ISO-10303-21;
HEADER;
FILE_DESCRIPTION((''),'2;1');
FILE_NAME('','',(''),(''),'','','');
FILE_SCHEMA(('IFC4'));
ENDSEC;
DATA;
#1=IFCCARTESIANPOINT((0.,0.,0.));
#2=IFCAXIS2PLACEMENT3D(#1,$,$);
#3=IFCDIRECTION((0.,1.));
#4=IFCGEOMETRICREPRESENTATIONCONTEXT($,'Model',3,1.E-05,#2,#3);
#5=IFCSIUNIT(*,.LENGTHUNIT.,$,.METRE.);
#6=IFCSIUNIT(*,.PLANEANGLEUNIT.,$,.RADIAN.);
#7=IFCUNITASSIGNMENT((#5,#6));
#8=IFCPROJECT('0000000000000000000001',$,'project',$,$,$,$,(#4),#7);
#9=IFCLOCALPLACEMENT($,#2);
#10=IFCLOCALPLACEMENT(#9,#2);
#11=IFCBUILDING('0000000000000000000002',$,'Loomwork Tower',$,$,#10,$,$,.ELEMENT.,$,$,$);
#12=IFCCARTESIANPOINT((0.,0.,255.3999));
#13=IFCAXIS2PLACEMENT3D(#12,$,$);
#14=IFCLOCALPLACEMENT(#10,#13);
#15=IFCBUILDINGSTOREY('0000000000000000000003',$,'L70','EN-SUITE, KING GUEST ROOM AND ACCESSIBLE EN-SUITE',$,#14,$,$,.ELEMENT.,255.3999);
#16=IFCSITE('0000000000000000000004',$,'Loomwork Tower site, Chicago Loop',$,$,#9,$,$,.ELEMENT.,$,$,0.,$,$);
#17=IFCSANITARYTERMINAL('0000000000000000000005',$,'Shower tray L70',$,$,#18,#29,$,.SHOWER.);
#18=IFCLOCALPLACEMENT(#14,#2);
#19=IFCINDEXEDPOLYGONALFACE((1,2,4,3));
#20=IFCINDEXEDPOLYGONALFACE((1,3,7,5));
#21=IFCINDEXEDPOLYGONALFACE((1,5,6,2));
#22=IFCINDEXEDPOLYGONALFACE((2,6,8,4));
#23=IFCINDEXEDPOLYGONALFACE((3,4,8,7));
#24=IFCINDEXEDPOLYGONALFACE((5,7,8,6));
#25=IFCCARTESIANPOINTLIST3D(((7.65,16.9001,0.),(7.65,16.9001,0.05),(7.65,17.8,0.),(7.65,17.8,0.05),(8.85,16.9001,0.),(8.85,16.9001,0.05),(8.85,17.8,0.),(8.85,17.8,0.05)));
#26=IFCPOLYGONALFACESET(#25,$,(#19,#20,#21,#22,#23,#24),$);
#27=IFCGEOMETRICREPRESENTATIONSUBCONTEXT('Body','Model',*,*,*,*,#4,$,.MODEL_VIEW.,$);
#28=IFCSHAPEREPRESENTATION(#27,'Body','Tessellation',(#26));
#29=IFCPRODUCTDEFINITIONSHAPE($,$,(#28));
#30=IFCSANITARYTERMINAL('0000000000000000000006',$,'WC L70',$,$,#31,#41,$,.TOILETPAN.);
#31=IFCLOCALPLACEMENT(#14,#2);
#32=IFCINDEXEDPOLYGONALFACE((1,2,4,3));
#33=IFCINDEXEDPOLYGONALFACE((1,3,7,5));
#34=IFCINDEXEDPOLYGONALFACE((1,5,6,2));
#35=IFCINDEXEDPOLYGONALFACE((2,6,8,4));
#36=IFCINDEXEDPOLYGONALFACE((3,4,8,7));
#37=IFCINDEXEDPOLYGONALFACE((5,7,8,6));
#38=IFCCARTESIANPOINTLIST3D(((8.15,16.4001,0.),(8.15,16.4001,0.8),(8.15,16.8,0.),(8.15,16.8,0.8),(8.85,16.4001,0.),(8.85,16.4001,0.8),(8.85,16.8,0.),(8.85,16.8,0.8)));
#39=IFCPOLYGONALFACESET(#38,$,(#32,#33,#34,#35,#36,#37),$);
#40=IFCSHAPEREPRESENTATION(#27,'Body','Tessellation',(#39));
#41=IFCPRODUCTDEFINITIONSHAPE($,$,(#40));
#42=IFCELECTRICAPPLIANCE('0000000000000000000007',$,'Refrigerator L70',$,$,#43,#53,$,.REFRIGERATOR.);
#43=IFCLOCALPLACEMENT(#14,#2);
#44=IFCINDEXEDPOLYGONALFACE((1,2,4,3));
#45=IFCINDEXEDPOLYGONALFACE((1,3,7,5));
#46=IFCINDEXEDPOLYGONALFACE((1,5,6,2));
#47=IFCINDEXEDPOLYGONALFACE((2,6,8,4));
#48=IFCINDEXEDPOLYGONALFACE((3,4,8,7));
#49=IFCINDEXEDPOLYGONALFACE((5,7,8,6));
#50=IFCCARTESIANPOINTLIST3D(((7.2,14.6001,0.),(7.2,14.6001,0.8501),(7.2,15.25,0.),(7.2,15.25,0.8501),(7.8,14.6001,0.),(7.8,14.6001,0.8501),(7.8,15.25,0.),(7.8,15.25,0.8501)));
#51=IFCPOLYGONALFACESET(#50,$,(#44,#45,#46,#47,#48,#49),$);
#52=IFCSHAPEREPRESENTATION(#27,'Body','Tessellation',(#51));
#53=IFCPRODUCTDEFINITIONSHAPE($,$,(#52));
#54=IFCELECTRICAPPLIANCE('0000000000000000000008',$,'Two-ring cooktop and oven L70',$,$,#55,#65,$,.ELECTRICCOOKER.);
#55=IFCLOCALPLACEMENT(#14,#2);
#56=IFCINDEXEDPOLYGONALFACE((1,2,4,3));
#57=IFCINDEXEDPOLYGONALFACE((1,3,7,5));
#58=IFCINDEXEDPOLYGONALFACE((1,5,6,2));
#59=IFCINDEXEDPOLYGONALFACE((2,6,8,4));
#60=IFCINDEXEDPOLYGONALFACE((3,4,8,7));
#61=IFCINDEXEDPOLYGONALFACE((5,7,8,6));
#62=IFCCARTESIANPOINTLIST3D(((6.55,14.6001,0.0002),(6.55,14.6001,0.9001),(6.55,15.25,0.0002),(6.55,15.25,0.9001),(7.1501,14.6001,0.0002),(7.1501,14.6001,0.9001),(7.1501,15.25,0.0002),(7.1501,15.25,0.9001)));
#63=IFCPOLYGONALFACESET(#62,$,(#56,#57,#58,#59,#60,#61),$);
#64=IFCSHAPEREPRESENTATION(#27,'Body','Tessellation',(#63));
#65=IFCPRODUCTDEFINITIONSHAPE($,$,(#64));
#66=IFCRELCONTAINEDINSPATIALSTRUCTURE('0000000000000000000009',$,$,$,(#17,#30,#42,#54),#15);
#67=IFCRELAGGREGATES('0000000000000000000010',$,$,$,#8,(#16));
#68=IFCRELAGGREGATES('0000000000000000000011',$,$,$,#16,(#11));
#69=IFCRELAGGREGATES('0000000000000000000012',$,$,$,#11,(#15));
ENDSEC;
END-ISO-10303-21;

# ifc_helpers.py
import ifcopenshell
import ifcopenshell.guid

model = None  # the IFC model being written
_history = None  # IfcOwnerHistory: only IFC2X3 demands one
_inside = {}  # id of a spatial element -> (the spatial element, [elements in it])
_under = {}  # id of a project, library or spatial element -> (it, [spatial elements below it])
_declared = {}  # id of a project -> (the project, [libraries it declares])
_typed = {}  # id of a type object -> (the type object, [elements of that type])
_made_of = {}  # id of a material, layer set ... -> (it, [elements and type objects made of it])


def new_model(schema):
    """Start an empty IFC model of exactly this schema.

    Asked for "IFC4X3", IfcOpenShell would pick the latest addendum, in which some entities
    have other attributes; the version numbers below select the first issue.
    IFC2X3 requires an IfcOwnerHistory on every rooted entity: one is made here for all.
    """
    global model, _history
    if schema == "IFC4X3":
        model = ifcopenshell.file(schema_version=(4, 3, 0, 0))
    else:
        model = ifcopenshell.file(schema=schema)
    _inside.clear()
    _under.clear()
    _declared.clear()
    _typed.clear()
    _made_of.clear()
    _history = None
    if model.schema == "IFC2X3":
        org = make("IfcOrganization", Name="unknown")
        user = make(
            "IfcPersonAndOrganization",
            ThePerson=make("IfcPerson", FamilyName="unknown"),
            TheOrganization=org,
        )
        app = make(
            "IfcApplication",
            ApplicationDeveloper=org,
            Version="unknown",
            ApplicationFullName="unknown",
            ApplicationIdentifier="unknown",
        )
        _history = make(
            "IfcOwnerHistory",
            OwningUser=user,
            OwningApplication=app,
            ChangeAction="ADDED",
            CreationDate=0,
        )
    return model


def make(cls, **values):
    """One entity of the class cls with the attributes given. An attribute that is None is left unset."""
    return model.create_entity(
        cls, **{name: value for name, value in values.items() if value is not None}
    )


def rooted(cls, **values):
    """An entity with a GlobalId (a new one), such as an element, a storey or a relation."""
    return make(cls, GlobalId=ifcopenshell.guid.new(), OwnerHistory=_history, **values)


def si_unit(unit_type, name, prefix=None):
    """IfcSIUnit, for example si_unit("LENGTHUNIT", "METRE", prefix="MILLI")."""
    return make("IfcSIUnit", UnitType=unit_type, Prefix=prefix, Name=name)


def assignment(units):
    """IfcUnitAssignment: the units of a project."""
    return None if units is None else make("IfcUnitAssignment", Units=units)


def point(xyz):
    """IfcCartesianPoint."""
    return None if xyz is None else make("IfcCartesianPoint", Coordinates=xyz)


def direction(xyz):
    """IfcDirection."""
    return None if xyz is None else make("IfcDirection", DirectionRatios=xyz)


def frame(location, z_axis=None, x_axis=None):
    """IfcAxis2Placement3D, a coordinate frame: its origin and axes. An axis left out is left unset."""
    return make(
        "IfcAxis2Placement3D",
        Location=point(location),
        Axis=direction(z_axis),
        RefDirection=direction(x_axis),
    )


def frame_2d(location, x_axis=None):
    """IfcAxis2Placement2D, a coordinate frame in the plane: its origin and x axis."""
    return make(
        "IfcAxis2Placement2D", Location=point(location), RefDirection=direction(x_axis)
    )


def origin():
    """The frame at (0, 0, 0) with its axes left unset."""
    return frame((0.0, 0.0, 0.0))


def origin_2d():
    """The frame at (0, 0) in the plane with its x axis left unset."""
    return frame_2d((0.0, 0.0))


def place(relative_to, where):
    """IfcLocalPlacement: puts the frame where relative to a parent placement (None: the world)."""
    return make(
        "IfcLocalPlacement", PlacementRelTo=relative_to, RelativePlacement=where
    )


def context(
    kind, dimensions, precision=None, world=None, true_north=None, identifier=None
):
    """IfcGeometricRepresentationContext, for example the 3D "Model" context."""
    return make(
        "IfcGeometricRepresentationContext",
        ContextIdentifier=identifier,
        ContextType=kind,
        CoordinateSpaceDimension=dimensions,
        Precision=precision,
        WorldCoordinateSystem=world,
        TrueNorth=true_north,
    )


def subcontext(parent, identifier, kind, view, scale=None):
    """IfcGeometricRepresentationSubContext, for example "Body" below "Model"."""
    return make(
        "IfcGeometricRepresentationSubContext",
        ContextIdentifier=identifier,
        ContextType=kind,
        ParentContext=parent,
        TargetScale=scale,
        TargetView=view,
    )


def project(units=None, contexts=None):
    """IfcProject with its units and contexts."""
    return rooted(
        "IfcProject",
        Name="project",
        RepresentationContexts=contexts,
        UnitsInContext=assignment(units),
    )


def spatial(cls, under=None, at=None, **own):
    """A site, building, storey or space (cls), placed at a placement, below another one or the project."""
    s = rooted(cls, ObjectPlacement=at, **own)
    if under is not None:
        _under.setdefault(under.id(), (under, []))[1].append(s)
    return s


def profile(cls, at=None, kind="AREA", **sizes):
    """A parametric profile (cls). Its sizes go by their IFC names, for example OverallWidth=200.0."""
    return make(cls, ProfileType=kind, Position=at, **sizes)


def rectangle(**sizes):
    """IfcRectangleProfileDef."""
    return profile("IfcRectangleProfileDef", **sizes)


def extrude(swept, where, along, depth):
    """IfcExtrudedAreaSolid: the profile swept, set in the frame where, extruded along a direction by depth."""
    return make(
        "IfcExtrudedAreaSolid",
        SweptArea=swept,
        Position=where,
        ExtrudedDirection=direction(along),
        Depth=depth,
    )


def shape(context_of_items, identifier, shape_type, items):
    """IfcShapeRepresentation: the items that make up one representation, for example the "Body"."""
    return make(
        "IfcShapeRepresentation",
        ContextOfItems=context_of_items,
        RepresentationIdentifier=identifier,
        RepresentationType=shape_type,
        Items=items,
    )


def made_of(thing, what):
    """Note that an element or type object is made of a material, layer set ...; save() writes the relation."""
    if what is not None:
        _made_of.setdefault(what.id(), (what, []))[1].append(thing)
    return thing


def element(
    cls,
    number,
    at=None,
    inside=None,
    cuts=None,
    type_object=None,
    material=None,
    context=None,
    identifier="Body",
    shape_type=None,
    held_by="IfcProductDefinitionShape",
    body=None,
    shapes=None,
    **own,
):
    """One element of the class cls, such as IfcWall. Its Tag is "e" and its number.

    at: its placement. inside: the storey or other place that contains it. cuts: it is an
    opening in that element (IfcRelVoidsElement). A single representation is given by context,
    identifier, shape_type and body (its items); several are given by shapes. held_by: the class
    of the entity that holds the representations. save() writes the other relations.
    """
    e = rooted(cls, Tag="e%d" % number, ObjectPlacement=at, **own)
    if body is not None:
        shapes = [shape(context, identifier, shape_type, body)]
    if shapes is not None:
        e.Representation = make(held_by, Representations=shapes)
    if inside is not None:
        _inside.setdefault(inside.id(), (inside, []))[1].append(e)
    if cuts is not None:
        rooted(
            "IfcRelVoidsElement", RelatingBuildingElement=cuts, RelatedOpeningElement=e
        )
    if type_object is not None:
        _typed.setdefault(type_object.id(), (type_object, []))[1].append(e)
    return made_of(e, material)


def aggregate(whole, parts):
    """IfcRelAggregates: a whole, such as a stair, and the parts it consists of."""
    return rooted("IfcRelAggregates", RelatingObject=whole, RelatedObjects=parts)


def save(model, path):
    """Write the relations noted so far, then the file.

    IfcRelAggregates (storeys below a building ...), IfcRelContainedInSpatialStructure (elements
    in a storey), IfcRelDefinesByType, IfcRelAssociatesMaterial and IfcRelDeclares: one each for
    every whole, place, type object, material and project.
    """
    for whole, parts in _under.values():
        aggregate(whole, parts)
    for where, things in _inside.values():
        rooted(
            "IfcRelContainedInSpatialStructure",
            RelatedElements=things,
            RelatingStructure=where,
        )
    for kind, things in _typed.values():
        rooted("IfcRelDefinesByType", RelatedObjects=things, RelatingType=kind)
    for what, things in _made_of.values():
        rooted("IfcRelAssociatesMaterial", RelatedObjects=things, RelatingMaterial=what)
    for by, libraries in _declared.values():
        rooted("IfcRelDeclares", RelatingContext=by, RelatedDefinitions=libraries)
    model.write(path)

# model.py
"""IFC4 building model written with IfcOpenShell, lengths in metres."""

from ifc_helpers import new_model, si_unit, direction, frame, origin, origin_2d, place, context, subcontext, project, spatial, rectangle, extrude, element, save


model = new_model("IFC4")

# Units and contexts
model_context = context("Model", 3, precision=1e-05, world=origin(), true_north=direction((0.0, 1.0)))
body_context = subcontext(model_context, "Body", "Model", "MODEL_VIEW")
ifc_project = project(units=[si_unit("LENGTHUNIT", "METRE"), si_unit("PLANEANGLEUNIT", "RADIAN")], contexts=[model_context])

# Site, building, storey
site_placement = place(None, origin())
site = spatial("IfcSite", under=ifc_project, at=site_placement, Name="Loomwork Tower site, Chicago Loop", CompositionType="ELEMENT", RefElevation=0.0)
building_placement = place(site_placement, origin())
building = spatial("IfcBuilding", under=site, at=building_placement, Name="Loomwork Tower", CompositionType="ELEMENT")
storey_placement = place(building_placement, frame((0.0, 0.0, 255.3999)))
storey = spatial("IfcBuildingStorey", under=building, at=storey_placement, Name="L70", Description="EN-SUITE, KING GUEST ROOM AND ACCESSIBLE EN-SUITE", CompositionType="ELEMENT", Elevation=255.3999)

# Sanitary terminals
sanitary_terminal_1_placement = place(storey_placement, frame((8.25, 17.3501, 0.0), z_axis=(0.0, 0.0, 1.0), x_axis=(1.0, 0.0, 0.0)))
element("IfcSanitaryTerminal", 1, at=sanitary_terminal_1_placement, inside=storey, Name="Shower tray L70", PredefinedType="SHOWER", context=body_context, shape_type="SweptSolid", body=[
    extrude(rectangle(XDim=1.2, YDim=0.8999, at=origin_2d()), origin(), (0.0, 0.0, 1.0), 0.05),
])
sanitary_terminal_2_placement = place(storey_placement, frame((8.5, 16.6001, 0.0), z_axis=(0.0, 0.0, 1.0), x_axis=(1.0, 0.0, 0.0)))
element("IfcSanitaryTerminal", 2, at=sanitary_terminal_2_placement, inside=storey, Name="WC L70", PredefinedType="TOILETPAN", context=body_context, shape_type="SweptSolid", body=[
    extrude(rectangle(XDim=0.7, YDim=0.3999, at=origin_2d()), origin(), (0.0, 0.0, 1.0), 0.8),
])

# Electric appliances
electric_appliance_1_placement = place(storey_placement, frame((7.5, 14.925, 0.0), z_axis=(0.0, 0.0, 1.0), x_axis=(1.0, 0.0, 0.0)))
element("IfcElectricAppliance", 3, at=electric_appliance_1_placement, inside=storey, Name="Refrigerator L70", PredefinedType="REFRIGERATOR", context=body_context, shape_type="SweptSolid", body=[
    extrude(rectangle(XDim=0.6001, YDim=0.6499, at=origin_2d()), origin(), (0.0, 0.0, 1.0), 0.8501),
])
electric_appliance_2_placement = place(storey_placement, frame((6.8501, 14.925, 0.0002), z_axis=(0.0, 0.0, 1.0), x_axis=(1.0, 0.0, 0.0)))
element("IfcElectricAppliance", 4, at=electric_appliance_2_placement, inside=storey, Name="Two-ring cooktop and oven L70", PredefinedType="ELECTRICCOOKER", context=body_context, shape_type="SweptSolid", body=[
    extrude(rectangle(XDim=0.6001, YDim=0.6499, at=origin_2d()), origin(), (0.0, 0.0, 1.0), 0.8999),
])

save(model, "model.ifc")
